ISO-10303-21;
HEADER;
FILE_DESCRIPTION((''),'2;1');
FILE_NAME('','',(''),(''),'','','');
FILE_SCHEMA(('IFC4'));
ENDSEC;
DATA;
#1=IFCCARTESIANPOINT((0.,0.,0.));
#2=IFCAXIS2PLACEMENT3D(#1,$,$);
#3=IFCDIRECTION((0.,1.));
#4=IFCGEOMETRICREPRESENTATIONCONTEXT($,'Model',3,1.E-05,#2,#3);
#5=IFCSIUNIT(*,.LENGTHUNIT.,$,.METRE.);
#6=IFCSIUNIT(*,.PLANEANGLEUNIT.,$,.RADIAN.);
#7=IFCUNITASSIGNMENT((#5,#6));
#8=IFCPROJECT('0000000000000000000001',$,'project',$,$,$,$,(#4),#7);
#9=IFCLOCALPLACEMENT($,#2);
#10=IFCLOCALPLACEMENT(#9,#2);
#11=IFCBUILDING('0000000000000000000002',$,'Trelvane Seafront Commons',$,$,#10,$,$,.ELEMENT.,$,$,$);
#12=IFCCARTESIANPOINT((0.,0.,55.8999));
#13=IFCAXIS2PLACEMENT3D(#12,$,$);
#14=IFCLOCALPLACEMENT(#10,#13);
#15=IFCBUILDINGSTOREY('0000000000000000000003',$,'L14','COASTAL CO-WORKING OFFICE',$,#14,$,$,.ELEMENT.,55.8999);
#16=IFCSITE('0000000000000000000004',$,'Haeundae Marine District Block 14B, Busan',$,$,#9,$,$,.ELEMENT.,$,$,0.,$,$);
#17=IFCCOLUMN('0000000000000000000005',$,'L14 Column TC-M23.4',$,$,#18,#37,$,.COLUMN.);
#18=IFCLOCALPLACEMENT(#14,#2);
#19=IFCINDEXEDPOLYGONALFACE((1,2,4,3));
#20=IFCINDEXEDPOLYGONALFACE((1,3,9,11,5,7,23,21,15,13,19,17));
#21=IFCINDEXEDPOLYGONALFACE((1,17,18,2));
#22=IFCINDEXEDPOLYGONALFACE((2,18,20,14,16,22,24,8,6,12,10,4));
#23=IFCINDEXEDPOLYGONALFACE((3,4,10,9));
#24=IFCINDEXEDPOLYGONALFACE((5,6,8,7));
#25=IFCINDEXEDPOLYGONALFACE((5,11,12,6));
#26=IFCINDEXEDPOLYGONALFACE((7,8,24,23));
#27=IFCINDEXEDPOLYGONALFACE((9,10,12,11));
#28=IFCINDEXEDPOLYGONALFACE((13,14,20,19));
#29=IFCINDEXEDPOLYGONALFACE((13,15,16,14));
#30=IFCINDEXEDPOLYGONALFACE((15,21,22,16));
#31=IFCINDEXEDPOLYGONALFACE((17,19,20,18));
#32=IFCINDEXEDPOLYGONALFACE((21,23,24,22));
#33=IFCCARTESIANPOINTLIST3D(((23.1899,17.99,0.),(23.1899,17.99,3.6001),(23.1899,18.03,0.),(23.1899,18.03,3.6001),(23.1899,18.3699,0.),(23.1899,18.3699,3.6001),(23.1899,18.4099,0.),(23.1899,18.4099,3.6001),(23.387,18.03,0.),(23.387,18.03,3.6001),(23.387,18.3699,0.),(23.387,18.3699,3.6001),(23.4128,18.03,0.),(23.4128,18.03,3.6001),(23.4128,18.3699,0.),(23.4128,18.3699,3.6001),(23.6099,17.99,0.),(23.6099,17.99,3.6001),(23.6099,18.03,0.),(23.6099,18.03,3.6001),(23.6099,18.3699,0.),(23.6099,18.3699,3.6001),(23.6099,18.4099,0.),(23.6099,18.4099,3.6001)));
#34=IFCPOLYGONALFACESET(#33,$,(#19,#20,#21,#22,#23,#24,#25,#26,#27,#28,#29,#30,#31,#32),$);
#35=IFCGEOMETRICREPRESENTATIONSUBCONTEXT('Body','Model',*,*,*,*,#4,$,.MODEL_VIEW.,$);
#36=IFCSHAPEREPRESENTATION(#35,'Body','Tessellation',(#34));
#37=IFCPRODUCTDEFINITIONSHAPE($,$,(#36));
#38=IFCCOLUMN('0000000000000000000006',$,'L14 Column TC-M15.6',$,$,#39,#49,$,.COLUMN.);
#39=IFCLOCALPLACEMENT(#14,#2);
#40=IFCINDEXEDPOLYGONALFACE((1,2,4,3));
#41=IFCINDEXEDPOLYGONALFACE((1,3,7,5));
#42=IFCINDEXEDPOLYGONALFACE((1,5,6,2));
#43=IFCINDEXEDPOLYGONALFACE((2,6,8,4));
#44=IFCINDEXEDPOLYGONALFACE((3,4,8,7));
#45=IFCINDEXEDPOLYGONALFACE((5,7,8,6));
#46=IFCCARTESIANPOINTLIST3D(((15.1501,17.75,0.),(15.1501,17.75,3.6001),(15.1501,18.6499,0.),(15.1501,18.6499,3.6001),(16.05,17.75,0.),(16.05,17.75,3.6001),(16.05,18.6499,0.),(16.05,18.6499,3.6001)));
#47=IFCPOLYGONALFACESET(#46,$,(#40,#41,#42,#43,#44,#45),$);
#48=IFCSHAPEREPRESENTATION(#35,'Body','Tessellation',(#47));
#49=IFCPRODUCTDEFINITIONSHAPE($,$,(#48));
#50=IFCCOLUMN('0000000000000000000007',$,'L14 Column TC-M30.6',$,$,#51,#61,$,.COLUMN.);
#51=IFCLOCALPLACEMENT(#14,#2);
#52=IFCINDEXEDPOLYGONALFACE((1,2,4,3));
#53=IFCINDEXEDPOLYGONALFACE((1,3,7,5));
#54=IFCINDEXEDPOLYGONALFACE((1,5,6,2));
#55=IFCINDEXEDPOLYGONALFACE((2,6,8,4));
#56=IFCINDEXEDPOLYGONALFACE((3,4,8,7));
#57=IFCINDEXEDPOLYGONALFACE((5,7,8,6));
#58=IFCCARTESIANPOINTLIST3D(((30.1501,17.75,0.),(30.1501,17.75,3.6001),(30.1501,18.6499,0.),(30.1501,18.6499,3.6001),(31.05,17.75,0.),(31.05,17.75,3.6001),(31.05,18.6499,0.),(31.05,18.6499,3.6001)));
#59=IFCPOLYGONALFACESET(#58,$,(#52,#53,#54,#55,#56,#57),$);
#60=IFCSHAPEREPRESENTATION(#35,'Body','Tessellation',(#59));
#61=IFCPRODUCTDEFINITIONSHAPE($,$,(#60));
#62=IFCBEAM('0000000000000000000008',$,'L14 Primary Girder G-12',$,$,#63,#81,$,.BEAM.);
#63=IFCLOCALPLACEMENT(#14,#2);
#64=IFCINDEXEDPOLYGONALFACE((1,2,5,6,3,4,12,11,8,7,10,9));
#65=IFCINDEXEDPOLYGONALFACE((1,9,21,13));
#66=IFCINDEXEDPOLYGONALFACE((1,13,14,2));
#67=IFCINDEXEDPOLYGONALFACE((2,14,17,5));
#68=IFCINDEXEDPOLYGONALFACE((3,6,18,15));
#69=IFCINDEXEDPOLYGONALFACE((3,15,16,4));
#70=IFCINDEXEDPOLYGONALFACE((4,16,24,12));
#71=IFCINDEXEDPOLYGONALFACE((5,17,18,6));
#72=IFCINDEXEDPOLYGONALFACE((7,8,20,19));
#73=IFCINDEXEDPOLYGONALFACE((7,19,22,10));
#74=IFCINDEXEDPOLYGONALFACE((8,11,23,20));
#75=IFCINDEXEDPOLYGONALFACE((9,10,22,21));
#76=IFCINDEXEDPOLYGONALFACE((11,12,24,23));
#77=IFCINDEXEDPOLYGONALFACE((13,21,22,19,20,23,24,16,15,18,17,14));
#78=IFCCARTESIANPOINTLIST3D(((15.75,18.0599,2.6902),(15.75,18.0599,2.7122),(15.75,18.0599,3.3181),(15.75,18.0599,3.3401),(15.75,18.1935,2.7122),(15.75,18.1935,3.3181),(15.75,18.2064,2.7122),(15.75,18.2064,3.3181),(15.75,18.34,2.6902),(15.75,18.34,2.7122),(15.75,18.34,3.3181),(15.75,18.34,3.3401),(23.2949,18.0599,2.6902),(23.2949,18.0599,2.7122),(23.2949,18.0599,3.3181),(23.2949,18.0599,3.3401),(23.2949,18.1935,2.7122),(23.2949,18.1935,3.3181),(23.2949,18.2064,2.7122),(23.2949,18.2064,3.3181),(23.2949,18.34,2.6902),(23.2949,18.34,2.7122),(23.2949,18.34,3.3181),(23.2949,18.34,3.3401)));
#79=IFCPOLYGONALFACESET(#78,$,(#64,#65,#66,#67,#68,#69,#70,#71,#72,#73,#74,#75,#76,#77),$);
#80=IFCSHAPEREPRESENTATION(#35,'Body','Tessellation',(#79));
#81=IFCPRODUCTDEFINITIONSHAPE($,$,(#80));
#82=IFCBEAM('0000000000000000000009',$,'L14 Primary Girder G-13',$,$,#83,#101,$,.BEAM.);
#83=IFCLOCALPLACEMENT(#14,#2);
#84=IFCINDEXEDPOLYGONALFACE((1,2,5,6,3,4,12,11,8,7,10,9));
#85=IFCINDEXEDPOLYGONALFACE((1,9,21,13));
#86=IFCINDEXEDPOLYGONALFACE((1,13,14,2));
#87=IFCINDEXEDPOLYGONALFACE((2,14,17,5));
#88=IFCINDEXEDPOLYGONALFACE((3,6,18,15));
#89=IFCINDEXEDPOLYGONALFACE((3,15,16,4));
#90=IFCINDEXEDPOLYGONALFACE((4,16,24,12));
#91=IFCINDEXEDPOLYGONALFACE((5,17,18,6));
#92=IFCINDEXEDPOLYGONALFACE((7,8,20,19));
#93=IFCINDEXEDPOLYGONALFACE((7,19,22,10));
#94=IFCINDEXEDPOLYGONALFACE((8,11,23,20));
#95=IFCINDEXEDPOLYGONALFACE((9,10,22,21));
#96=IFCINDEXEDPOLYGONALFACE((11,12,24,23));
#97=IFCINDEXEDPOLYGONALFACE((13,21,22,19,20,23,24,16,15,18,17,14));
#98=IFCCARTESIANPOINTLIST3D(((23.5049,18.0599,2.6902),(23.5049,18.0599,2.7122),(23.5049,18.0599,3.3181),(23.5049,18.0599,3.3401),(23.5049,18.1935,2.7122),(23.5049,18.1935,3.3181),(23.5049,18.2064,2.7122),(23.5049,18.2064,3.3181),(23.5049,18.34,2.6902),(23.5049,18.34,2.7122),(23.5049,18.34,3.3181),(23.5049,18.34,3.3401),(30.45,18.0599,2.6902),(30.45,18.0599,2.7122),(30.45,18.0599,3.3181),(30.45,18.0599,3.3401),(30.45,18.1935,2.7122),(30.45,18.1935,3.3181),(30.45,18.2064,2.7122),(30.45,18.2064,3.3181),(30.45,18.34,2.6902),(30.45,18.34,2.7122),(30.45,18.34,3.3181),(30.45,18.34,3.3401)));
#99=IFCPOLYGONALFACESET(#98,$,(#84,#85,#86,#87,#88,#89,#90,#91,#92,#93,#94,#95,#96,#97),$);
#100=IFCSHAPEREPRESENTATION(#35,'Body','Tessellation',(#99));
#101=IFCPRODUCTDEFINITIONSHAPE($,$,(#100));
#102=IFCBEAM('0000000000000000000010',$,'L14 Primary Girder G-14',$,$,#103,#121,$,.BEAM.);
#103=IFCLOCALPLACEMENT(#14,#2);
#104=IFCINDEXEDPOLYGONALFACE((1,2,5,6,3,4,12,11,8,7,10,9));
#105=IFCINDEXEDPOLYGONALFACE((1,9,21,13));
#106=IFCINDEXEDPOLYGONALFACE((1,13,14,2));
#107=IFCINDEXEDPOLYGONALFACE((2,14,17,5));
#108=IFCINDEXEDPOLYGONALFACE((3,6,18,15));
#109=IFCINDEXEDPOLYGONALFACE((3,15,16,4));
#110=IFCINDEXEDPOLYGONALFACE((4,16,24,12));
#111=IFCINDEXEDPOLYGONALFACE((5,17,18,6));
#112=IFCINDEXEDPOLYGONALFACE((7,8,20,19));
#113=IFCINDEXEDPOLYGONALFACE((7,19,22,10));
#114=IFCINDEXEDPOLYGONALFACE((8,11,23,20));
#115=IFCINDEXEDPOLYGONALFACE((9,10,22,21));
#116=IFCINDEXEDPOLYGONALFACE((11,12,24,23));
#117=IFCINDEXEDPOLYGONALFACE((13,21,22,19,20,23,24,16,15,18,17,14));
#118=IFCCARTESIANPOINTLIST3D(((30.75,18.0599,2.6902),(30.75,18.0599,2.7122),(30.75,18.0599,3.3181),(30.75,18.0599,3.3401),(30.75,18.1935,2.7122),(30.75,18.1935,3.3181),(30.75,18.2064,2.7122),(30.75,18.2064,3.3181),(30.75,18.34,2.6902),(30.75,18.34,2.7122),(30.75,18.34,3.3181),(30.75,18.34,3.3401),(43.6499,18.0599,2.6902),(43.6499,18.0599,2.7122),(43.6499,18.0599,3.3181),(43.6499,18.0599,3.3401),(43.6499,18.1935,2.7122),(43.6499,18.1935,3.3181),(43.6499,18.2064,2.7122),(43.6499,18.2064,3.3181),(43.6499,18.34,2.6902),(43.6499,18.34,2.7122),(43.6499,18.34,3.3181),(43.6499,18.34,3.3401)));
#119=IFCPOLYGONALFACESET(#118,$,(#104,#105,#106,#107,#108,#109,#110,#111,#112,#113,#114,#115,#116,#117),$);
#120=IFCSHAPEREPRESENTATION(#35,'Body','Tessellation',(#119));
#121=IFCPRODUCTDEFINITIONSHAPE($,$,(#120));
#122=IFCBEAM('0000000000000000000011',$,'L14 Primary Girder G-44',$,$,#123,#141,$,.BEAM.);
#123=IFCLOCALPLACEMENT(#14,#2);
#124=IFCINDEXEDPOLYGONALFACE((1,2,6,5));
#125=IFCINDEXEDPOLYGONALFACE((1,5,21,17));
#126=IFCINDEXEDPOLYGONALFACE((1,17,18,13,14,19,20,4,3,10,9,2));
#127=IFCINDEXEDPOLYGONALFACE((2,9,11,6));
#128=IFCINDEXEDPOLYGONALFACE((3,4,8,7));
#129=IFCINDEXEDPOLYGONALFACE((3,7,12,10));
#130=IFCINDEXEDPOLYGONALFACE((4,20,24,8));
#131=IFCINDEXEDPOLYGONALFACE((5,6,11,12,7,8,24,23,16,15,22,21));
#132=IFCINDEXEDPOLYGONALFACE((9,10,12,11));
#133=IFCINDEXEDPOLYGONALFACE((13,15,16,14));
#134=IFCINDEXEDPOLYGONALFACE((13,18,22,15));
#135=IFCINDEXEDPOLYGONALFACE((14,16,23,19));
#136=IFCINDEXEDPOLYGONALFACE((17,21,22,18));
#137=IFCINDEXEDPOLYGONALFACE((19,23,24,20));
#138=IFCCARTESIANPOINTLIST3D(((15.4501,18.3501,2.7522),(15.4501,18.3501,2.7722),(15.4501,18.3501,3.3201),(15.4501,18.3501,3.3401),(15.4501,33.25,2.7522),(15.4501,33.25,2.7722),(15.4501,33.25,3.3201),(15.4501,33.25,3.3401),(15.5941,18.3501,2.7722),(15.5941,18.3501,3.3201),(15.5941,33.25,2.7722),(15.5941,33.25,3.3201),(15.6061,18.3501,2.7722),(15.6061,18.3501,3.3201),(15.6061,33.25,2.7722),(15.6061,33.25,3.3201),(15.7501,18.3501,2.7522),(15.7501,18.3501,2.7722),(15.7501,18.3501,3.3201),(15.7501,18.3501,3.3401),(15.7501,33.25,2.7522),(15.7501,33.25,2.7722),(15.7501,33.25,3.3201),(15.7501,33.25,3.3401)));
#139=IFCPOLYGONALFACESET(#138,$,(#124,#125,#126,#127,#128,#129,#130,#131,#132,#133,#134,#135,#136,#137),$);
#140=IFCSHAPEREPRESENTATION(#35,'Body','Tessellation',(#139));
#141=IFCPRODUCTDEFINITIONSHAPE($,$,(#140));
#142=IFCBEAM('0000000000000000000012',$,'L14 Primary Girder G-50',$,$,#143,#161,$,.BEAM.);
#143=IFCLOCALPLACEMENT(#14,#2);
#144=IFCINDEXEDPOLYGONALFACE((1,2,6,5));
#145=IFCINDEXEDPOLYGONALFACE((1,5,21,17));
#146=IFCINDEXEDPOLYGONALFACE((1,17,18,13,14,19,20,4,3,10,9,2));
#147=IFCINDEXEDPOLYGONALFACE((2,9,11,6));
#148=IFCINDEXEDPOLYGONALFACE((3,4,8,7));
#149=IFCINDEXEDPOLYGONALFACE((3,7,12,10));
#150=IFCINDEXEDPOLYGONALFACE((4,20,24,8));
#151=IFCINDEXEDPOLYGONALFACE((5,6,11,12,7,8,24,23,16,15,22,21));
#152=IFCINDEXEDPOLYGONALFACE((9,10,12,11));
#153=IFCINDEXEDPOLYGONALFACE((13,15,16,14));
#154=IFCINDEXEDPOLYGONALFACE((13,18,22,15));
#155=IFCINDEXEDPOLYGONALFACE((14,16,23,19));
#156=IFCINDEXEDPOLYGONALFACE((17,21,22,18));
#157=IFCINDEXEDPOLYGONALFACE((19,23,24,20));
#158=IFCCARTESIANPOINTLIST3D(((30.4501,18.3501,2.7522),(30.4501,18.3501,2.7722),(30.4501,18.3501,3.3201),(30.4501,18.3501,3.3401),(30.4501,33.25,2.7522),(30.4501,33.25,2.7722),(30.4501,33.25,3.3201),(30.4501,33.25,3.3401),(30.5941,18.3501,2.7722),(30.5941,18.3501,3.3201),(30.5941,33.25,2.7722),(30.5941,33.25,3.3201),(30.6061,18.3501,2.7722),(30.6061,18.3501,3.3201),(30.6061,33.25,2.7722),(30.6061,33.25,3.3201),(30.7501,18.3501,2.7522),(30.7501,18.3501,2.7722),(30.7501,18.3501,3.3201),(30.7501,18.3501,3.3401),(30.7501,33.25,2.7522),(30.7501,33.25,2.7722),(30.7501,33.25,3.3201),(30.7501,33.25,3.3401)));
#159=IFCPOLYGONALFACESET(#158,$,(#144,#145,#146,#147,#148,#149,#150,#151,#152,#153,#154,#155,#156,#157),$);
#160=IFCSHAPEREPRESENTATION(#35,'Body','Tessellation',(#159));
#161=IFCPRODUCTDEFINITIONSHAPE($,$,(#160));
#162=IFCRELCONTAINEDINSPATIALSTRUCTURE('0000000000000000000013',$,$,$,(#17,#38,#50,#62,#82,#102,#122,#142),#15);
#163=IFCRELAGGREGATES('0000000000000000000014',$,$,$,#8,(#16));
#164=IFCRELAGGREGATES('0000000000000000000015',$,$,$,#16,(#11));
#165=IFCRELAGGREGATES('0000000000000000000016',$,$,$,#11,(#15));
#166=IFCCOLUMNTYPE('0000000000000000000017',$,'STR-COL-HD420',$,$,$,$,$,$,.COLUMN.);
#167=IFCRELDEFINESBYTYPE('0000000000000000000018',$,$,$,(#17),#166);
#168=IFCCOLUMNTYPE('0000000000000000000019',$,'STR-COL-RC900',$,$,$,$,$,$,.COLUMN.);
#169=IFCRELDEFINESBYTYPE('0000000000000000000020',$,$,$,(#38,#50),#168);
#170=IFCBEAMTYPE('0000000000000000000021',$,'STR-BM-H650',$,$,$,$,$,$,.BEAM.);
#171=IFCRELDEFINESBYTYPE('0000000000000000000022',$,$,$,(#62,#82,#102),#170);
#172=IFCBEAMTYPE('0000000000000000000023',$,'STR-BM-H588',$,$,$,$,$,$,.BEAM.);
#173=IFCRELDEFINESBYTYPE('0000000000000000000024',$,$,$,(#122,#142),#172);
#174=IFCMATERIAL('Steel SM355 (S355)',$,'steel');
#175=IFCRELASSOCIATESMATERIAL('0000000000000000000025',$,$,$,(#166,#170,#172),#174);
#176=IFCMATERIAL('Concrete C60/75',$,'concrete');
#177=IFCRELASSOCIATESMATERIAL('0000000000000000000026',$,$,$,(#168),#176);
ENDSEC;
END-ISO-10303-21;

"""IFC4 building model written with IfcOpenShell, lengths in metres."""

from ifc_helpers import new_model, si_unit, direction, frame, origin, origin_2d, place, context, subcontext, project, spatial, rectangle, i_section, extrude, source, transform, mapped, material, material_profile, profile_set, type_object, element, save


model = new_model("IFC4")

# Units and contexts
model_context = context("Model", 3, precision=1e-05, world=origin(), true_north=direction((0.0, 1.0)))
body_context = subcontext(model_context, "Body", "Model", "MODEL_VIEW")
ifc_project = project(units=[si_unit("LENGTHUNIT", "METRE"), si_unit("PLANEANGLEUNIT", "RADIAN")], contexts=[model_context])

# Site, building, storey
site_placement = place(None, origin())
site = spatial("IfcSite", under=ifc_project, at=site_placement, Name="Haeundae Marine District Block 14B, Busan", CompositionType="ELEMENT", RefElevation=0.0)
building_placement = place(site_placement, origin())
building = spatial("IfcBuilding", under=site, at=building_placement, Name="Trelvane Seafront Commons", CompositionType="ELEMENT")
storey_placement = place(building_placement, frame((0.0, 0.0, 55.8999)))
storey = spatial("IfcBuildingStorey", under=building, at=storey_placement, Name="L14", Description="COASTAL CO-WORKING OFFICE", CompositionType="ELEMENT", Elevation=55.8999)

# Columns
ifc_material_1 = material(Name="Steel SM355 (S355)", Category="steel")
ifc_material_profile_1 = material_profile(ifc_material_1, i_section(OverallWidth=0.4199, OverallDepth=0.4199, WebThickness=0.0259, FlangeThickness=0.04, at=origin_2d()), Name="HD-420x420x26x40")
ifc_profile_set_1 = profile_set([ifc_material_profile_1], Name="Steel SM355 (S355)")
column_type_1 = type_object("IfcColumnType", Name="STR-COL-HD420", PredefinedType="COLUMN", material=ifc_profile_set_1)
shared_shape_1 = source(origin(), body_context, "Body", "SweptSolid", [
    extrude(i_section(OverallWidth=0.4199, OverallDepth=0.4199, WebThickness=0.0259, FlangeThickness=0.04, at=origin_2d()), origin(), (0.0, 0.0, 1.0), 3.6001),
])
column_placement = place(storey_placement, frame((23.3999, 18.2, 0.0), z_axis=(0.0, 0.0, 1.0), x_axis=(1.0, 0.0, 0.0)))
element("IfcColumn", 1, at=column_placement, inside=storey, type_object=column_type_1, Name="L14 Column TC-M23.4", PredefinedType="COLUMN", context=body_context, shape_type="MappedRepresentation", body=[
    mapped(shared_shape_1, transform((0.0, 0.0, 0.0), x_axis=(1.0, 0.0, 0.0), y_axis=(0.0, 1.0, 0.0), z_axis=(0.0, 0.0, 1.0), scale=1.0)),
])
ifc_material_2 = material(Name="Concrete C60/75", Category="concrete")
ifc_material_profile_2 = material_profile(ifc_material_2, rectangle(XDim=0.8999, YDim=0.8999, at=origin_2d()), Name="RC-900x900")
ifc_profile_set_2 = profile_set([ifc_material_profile_2], Name="Concrete C60/75")
column_type_2 = type_object("IfcColumnType", Name="STR-COL-RC900", PredefinedType="COLUMN", material=ifc_profile_set_2)
shared_shape_2 = source(origin(), body_context, "Body", "SweptSolid", [
    extrude(rectangle(XDim=0.8999, YDim=0.8999, at=origin_2d()), origin(), (0.0, 0.0, 1.0), 3.6001),
])
for number, where, z_axis, x_axis, name in (
    (2, (15.6001, 18.2, 0.0), (0.0, 0.0, 1.0), (1.0, 0.0, 0.0), "L14 Column TC-M15.6"),
    (3, (30.6001, 18.2, 0.0), (0.0, 0.0, 1.0), (1.0, 0.0, 0.0), "L14 Column TC-M30.6"),
):
    element("IfcColumn", number, at=place(storey_placement, frame(where, z_axis=z_axis, x_axis=x_axis)), inside=storey, type_object=column_type_2, Name=name, PredefinedType="COLUMN", context=body_context, shape_type="MappedRepresentation", body=[
        mapped(shared_shape_2, transform((0.0, 0.0, 0.0), x_axis=(1.0, 0.0, 0.0), y_axis=(0.0, 1.0, 0.0), z_axis=(0.0, 0.0, 1.0), scale=1.0)),
    ])

# Beams
ifc_material_profile_3 = material_profile(ifc_material_1, i_section(OverallWidth=0.28, OverallDepth=0.6499, WebThickness=0.0129, FlangeThickness=0.022, at=origin_2d()), Name="H-650x280x13x22")
ifc_profile_set_3 = profile_set([ifc_material_profile_3], Name="Steel SM355 (S355)")
beam_type_1 = type_object("IfcBeamType", Name="STR-BM-H650", PredefinedType="BEAM", material=ifc_profile_set_3)
shared_shape_3 = source(origin(), body_context, "Body", "SweptSolid", [
    extrude(i_section(OverallWidth=0.28, OverallDepth=0.6499, WebThickness=0.0129, FlangeThickness=0.022, at=origin_2d()), origin(), (0.0, 0.0, 1.0), 7.5449),
])
beam_1_placement = place(storey_placement, frame((15.75, 18.2, 3.0151), z_axis=(1.0, 0.0, 0.0), x_axis=(0.0, 1.0, 0.0)))
element("IfcBeam", 4, at=beam_1_placement, inside=storey, type_object=beam_type_1, Name="L14 Primary Girder G-12", PredefinedType="BEAM", context=body_context, shape_type="MappedRepresentation", body=[
    mapped(shared_shape_3, transform((0.0, 0.0, 0.0), x_axis=(1.0, 0.0, 0.0), y_axis=(0.0, 1.0, 0.0), z_axis=(0.0, 0.0, 1.0), scale=1.0)),
])
shared_shape_4 = source(origin(), body_context, "Body", "SweptSolid", [
    extrude(i_section(OverallWidth=0.28, OverallDepth=0.6499, WebThickness=0.0129, FlangeThickness=0.022, at=origin_2d()), origin(), (0.0, 0.0, 1.0), 6.9451),
])
beam_2_placement = place(storey_placement, frame((23.5049, 18.2, 3.0151), z_axis=(1.0, 0.0, 0.0), x_axis=(0.0, 1.0, 0.0)))
element("IfcBeam", 5, at=beam_2_placement, inside=storey, type_object=beam_type_1, Name="L14 Primary Girder G-13", PredefinedType="BEAM", context=body_context, shape_type="MappedRepresentation", body=[
    mapped(shared_shape_4, transform((0.0, 0.0, 0.0), x_axis=(1.0, 0.0, 0.0), y_axis=(0.0, 1.0, 0.0), z_axis=(0.0, 0.0, 1.0), scale=1.0)),
])
shared_shape_5 = source(origin(), body_context, "Body", "SweptSolid", [
    extrude(i_section(OverallWidth=0.28, OverallDepth=0.6499, WebThickness=0.0129, FlangeThickness=0.022, at=origin_2d()), origin(), (0.0, 0.0, 1.0), 12.8999),
])
beam_3_placement = place(storey_placement, frame((30.75, 18.2, 3.0151), z_axis=(1.0, 0.0, 0.0), x_axis=(0.0, 1.0, 0.0)))
element("IfcBeam", 6, at=beam_3_placement, inside=storey, type_object=beam_type_1, Name="L14 Primary Girder G-14", PredefinedType="BEAM", context=body_context, shape_type="MappedRepresentation", body=[
    mapped(shared_shape_5, transform((0.0, 0.0, 0.0), x_axis=(1.0, 0.0, 0.0), y_axis=(0.0, 1.0, 0.0), z_axis=(0.0, 0.0, 1.0), scale=1.0)),
])
ifc_material_profile_4 = material_profile(ifc_material_1, i_section(OverallWidth=0.3, OverallDepth=0.5879, WebThickness=0.012, FlangeThickness=0.02, at=origin_2d()), Name="H-588x300x12x20")
ifc_profile_set_4 = profile_set([ifc_material_profile_4], Name="Steel SM355 (S355)")
beam_type_2 = type_object("IfcBeamType", Name="STR-BM-H588", PredefinedType="BEAM", material=ifc_profile_set_4)
shared_shape_6 = source(origin(), body_context, "Body", "SweptSolid", [
    extrude(i_section(OverallWidth=0.3, OverallDepth=0.5879, WebThickness=0.012, FlangeThickness=0.02, at=origin_2d()), origin(), (0.0, 0.0, 1.0), 14.8999),
])
for number, where, z_axis, x_axis, name in (
    (7, (15.6001, 18.3501, 3.0461), (0.0, 1.0, 0.0), (-1.0, 0.0, 0.0), "L14 Primary Girder G-44"),
    (8, (30.6001, 18.3501, 3.0461), (0.0, 1.0, 0.0), (-1.0, 0.0, 0.0), "L14 Primary Girder G-50"),
):
    element("IfcBeam", number, at=place(storey_placement, frame(where, z_axis=z_axis, x_axis=x_axis)), inside=storey, type_object=beam_type_2, Name=name, PredefinedType="BEAM", context=body_context, shape_type="MappedRepresentation", body=[
        mapped(shared_shape_6, transform((0.0, 0.0, 0.0), x_axis=(1.0, 0.0, 0.0), y_axis=(0.0, 1.0, 0.0), z_axis=(0.0, 0.0, 1.0), scale=1.0)),
    ])

save(model, "model.ifc")
